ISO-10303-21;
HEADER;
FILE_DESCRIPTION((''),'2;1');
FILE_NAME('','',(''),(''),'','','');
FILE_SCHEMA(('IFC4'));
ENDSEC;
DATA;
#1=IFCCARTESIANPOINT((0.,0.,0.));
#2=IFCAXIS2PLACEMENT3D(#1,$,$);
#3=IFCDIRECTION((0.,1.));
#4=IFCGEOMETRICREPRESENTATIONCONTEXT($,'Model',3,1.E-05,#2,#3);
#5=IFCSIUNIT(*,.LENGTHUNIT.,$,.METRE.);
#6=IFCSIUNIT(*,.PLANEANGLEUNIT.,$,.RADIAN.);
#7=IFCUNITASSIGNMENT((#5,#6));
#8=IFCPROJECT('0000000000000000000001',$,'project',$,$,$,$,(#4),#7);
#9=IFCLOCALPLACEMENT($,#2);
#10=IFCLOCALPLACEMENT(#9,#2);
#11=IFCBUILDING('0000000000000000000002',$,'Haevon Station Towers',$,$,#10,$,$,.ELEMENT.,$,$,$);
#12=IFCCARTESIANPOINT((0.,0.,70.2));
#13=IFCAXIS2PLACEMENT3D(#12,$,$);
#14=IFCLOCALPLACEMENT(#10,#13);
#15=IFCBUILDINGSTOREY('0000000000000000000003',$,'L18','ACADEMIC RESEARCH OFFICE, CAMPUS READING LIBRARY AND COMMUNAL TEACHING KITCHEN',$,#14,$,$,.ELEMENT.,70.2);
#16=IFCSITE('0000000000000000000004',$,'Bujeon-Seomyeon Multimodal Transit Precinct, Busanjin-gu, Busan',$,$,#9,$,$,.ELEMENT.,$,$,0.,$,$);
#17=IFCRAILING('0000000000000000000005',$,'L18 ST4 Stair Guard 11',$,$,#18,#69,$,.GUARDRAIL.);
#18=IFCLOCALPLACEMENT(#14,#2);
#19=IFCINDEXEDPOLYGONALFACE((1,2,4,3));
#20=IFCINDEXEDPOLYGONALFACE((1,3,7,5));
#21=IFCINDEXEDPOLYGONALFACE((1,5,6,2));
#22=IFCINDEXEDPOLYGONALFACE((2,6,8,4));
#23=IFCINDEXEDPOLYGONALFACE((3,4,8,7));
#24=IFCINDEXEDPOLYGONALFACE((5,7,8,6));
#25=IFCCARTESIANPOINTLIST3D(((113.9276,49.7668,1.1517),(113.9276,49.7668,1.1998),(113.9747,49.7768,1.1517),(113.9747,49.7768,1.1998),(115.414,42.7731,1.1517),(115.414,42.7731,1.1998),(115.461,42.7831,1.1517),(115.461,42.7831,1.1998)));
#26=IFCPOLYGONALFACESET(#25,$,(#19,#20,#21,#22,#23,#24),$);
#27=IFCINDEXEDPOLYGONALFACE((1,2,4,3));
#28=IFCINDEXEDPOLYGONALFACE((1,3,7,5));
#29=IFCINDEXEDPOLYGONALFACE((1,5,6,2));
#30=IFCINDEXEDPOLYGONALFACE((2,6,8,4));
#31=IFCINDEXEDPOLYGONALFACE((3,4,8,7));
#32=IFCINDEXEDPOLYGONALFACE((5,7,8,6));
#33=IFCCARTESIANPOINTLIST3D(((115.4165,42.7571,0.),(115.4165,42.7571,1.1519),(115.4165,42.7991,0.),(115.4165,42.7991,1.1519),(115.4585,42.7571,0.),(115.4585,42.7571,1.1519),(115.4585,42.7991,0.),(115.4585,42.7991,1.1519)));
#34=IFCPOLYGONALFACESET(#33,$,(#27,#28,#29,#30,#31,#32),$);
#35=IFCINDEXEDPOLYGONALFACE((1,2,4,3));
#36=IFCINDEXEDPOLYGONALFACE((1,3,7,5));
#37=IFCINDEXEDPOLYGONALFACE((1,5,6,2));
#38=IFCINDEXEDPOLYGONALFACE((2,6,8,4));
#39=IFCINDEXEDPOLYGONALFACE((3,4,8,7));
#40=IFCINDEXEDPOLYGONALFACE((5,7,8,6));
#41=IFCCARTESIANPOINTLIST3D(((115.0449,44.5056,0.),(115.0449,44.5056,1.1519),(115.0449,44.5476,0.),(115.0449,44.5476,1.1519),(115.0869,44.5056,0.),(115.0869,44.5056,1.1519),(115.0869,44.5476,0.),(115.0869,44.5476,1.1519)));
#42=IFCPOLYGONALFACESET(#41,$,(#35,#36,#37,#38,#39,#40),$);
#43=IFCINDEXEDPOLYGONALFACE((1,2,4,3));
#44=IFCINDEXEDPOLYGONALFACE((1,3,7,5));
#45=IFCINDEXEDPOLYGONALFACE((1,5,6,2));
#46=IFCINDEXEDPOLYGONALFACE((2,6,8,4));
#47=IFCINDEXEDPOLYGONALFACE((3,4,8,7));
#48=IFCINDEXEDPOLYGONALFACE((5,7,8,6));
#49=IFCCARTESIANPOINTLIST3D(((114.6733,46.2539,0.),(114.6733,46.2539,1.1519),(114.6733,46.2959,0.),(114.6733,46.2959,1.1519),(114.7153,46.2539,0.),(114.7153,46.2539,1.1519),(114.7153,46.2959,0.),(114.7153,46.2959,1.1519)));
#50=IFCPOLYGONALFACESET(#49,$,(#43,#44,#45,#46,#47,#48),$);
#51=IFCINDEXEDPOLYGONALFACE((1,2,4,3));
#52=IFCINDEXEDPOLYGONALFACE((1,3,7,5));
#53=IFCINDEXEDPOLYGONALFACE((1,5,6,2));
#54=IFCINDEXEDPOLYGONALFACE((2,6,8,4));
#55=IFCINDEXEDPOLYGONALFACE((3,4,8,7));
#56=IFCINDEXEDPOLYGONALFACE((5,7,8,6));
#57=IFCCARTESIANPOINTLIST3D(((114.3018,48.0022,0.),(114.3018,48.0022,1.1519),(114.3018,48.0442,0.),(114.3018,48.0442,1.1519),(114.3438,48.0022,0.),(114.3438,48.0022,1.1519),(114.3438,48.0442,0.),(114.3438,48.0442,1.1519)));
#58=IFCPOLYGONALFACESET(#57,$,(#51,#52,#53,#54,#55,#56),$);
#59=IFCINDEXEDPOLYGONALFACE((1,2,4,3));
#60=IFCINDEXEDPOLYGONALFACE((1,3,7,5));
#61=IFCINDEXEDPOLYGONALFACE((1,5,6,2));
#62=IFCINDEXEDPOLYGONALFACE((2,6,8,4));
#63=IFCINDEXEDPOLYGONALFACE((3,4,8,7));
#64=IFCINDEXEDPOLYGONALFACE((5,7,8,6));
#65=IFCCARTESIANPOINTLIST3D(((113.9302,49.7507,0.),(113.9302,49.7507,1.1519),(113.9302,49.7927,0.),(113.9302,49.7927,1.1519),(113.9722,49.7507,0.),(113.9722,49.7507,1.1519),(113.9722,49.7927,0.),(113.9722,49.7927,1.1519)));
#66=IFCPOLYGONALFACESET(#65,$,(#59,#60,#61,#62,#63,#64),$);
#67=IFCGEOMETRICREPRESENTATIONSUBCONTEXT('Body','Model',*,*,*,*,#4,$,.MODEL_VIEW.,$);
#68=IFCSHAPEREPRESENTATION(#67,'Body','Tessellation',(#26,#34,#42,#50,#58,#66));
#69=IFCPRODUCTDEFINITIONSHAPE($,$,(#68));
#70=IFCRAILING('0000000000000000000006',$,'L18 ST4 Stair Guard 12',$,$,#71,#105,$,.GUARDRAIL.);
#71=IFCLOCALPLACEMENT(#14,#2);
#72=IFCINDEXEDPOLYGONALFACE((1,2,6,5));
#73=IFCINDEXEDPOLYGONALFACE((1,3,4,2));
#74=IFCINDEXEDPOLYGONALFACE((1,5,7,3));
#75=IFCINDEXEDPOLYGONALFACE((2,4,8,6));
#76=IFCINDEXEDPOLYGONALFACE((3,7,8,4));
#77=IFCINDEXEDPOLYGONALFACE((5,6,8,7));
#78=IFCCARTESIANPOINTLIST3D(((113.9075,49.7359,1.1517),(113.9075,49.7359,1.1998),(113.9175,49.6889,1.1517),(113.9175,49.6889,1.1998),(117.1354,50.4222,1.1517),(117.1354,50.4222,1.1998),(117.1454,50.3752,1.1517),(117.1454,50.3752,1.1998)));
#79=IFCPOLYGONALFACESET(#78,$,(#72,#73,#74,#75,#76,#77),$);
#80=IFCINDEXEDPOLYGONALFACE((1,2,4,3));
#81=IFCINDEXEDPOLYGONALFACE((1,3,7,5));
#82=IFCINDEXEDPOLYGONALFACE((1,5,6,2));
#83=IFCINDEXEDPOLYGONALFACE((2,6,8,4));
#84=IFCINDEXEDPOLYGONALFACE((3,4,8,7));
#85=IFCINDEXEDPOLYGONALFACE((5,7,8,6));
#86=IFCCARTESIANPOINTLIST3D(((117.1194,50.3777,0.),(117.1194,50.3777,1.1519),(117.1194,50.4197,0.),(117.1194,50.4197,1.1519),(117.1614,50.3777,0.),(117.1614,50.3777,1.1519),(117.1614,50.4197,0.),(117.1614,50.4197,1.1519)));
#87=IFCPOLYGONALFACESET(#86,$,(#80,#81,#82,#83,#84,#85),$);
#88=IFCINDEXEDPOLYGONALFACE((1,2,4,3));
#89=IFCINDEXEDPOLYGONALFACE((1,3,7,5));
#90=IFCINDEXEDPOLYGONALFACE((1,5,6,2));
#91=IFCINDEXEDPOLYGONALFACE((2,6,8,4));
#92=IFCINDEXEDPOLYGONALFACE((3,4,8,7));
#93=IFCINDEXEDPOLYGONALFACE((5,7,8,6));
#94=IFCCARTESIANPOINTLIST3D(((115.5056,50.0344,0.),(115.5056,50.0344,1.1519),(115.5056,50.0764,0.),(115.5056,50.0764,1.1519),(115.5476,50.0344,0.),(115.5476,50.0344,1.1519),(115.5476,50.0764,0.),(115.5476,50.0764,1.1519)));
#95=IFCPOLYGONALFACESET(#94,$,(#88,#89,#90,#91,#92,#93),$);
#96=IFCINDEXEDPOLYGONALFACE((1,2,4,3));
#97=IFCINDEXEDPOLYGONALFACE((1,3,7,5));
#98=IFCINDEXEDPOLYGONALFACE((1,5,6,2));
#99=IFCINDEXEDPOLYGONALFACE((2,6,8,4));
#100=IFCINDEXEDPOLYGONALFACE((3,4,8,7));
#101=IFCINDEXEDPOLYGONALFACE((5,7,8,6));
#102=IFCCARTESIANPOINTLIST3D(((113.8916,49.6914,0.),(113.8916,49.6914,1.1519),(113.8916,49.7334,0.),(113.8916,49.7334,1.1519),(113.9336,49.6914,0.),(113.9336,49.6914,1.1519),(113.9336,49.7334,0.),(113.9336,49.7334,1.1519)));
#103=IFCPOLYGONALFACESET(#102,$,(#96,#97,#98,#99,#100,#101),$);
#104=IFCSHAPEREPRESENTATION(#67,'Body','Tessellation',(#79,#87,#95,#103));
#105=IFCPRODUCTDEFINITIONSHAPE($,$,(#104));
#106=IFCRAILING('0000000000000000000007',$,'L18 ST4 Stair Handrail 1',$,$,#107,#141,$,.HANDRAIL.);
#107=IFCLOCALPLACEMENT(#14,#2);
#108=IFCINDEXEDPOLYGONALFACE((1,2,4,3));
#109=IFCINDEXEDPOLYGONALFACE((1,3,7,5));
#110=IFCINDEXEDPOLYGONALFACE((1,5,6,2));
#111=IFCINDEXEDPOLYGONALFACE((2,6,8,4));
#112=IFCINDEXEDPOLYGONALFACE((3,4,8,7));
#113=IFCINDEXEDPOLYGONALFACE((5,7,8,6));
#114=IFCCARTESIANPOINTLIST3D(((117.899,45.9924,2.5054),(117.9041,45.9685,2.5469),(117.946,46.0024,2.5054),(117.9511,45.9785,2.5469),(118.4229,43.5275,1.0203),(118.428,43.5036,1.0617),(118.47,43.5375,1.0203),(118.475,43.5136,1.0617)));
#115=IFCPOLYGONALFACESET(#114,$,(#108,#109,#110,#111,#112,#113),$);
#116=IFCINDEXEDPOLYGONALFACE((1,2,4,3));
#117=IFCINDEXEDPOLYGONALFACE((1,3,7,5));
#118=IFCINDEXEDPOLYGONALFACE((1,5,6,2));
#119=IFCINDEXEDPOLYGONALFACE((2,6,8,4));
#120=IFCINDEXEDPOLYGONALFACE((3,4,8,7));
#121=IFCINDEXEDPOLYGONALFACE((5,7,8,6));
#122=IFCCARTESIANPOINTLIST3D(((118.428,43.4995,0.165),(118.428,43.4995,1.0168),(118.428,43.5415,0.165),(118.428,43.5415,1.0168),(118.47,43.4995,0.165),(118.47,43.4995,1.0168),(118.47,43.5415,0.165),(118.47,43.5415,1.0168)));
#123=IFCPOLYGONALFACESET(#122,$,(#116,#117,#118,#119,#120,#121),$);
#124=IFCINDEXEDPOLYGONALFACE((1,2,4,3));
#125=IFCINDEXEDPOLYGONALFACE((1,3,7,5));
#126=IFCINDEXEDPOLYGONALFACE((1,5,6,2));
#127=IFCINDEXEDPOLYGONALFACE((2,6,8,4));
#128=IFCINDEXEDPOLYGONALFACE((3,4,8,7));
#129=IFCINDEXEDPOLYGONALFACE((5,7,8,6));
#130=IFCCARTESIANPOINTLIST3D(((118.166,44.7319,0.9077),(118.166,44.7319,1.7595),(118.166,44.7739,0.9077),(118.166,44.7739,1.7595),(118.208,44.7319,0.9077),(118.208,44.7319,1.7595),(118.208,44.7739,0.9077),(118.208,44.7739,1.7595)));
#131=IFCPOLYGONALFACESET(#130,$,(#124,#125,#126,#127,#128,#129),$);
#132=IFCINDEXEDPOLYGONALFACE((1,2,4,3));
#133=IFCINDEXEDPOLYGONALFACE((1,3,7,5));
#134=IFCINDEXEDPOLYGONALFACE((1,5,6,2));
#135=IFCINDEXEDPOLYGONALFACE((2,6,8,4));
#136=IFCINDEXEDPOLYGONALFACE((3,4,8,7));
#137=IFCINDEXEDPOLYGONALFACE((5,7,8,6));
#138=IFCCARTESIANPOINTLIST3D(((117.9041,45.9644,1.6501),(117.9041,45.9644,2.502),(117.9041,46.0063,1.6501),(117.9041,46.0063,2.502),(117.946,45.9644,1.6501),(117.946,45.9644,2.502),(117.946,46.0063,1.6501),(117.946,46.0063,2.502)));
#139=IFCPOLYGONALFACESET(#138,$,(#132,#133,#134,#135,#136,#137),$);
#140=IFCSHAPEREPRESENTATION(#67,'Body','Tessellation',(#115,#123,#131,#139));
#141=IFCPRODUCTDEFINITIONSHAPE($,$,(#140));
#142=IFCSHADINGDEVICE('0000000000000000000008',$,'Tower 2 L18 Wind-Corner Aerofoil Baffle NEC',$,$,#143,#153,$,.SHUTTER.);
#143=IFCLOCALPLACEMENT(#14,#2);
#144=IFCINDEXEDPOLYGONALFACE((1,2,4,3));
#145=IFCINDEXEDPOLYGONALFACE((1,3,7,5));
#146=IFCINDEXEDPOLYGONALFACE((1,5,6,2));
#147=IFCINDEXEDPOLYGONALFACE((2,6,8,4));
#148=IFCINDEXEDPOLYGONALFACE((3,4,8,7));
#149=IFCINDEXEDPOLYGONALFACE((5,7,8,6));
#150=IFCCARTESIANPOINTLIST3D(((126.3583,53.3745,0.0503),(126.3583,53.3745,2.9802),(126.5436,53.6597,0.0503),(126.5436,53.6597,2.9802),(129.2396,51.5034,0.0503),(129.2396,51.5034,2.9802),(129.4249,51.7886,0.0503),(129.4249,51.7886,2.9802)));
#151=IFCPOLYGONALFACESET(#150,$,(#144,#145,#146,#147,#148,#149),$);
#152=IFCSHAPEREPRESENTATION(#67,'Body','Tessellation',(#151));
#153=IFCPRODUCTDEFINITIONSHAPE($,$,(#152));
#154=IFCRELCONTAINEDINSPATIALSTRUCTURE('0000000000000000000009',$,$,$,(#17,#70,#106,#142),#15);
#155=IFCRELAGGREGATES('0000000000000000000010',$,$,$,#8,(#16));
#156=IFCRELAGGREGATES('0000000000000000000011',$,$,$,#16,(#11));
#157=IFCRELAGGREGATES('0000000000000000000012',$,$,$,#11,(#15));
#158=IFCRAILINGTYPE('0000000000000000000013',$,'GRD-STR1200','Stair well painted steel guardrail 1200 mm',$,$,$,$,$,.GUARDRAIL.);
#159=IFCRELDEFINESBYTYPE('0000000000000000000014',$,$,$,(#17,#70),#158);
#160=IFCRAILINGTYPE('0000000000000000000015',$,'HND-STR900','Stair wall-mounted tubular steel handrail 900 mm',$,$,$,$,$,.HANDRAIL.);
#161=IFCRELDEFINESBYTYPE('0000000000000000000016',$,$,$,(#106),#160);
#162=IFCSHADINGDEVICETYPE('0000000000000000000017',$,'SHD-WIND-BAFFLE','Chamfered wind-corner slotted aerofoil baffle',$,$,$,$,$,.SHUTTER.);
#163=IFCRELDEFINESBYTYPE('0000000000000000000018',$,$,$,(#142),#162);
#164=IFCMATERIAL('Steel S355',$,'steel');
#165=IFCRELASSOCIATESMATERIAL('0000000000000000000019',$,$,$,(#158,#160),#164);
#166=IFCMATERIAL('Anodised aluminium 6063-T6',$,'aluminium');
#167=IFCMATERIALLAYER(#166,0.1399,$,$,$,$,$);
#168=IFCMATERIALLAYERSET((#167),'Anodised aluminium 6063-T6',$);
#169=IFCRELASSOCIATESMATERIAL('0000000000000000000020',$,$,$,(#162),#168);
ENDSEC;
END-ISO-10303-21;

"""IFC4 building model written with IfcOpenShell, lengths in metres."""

from ifc_helpers import new_model, si_unit, direction, frame, origin, origin_2d, place, context, subcontext, project, spatial, rectangle, extrude, material, layer, layer_set, type_object, element, save


model = new_model("IFC4")

# Units and contexts
model_context = context("Model", 3, precision=1e-05, world=origin(), true_north=direction((0.0, 1.0)))
body_context = subcontext(model_context, "Body", "Model", "MODEL_VIEW")
ifc_project = project(units=[si_unit("LENGTHUNIT", "METRE"), si_unit("PLANEANGLEUNIT", "RADIAN")], contexts=[model_context])

# Site, building, storey
site_placement = place(None, origin())
site = spatial("IfcSite", under=ifc_project, at=site_placement, Name="Bujeon-Seomyeon Multimodal Transit Precinct, Busanjin-gu, Busan", CompositionType="ELEMENT", RefElevation=0.0)
building_placement = place(site_placement, origin())
building = spatial("IfcBuilding", under=site, at=building_placement, Name="Haevon Station Towers", CompositionType="ELEMENT")
storey_placement = place(building_placement, frame((0.0, 0.0, 70.2)))
storey = spatial("IfcBuildingStorey", under=building, at=storey_placement, Name="L18", Description="ACADEMIC RESEARCH OFFICE, CAMPUS READING LIBRARY AND COMMUNAL TEACHING KITCHEN", CompositionType="ELEMENT", Elevation=70.2)

# Shared definitions
ifc_material_1 = material(Name="Steel S355", Category="steel")

# Railings
railing_type_1 = type_object("IfcRailingType", Name="GRD-STR1200", Description="Stair well painted steel guardrail 1200 mm", PredefinedType="GUARDRAIL", material=ifc_material_1)
railing_1_placement = place(storey_placement, frame((115.4375, 42.7781, 0.0)))
element("IfcRailing", 1, at=railing_1_placement, inside=storey, type_object=railing_type_1, Name="L18 ST4 Stair Guard 11", PredefinedType="GUARDRAIL", context=body_context, shape_type="SweptSolid", body=[
    extrude(rectangle(XDim=0.0481, YDim=0.0481, at=origin_2d()), frame((0.0, 0.0, 1.1758), z_axis=(-0.207882, 0.978154, 0.0), x_axis=(-0.978154, -0.207882, 0.0)), (0.0, 0.0, 1.0), 7.1499),
    extrude(rectangle(XDim=0.042, YDim=0.042, at=origin_2d()), origin(), (0.0, 0.0, 1.0), 1.1519),
    extrude(rectangle(XDim=0.042, YDim=0.042, at=origin_2d()), frame((-0.3716, 1.7485, 0.0)), (0.0, 0.0, 1.0), 1.1519),
    extrude(rectangle(XDim=0.042, YDim=0.042, at=origin_2d()), frame((-0.7432, 3.4968, 0.0)), (0.0, 0.0, 1.0), 1.1519),
    extrude(rectangle(XDim=0.042, YDim=0.042, at=origin_2d()), frame((-1.1147, 5.2451, 0.0)), (0.0, 0.0, 1.0), 1.1519),
    extrude(rectangle(XDim=0.042, YDim=0.042, at=origin_2d()), frame((-1.4863, 6.9937, 0.0)), (0.0, 0.0, 1.0), 1.1519),
])
railing_2_placement = place(storey_placement, frame((117.1404, 50.3987, 0.0)))
element("IfcRailing", 2, at=railing_2_placement, inside=storey, type_object=railing_type_1, Name="L18 ST4 Stair Guard 12", PredefinedType="GUARDRAIL", context=body_context, shape_type="SweptSolid", body=[
    extrude(rectangle(XDim=0.0481, YDim=0.0481, at=origin_2d()), frame((0.0, 0.0, 1.1758), z_axis=(-0.978136, -0.207968, 0.0), x_axis=(0.207968, -0.978136, 0.0)), (0.0, 0.0, 1.0), 3.3),
    extrude(rectangle(XDim=0.042, YDim=0.042, at=origin_2d()), origin(), (0.0, 0.0, 1.0), 1.1519),
    extrude(rectangle(XDim=0.042, YDim=0.042, at=origin_2d()), frame((-1.6138, -0.3433, 0.0)), (0.0, 0.0, 1.0), 1.1519),
    extrude(rectangle(XDim=0.042, YDim=0.042, at=origin_2d()), frame((-3.2278, -0.6863, 0.0)), (0.0, 0.0, 1.0), 1.1519),
])
railing_type_2 = type_object("IfcRailingType", Name="HND-STR900", Description="Stair wall-mounted tubular steel handrail 900 mm", PredefinedType="HANDRAIL", material=ifc_material_1)
railing_3_placement = place(storey_placement, frame((118.449, 43.5205, 0.165)))
element("IfcRailing", 3, at=railing_3_placement, inside=storey, type_object=railing_type_2, Name="L18 ST4 Stair Handrail 1", PredefinedType="HANDRAIL", context=body_context, shape_type="SweptSolid", body=[
    extrude(rectangle(XDim=0.0481, YDim=0.0481, at=origin_2d()), frame((0.0, 0.0, 0.876), z_axis=(-0.179121, 0.842688, 0.507733), x_axis=(-0.978147, -0.207914, 0.0)), (0.0, 0.0, 1.0), 2.925),
    extrude(rectangle(XDim=0.042, YDim=0.042, at=origin_2d()), origin(), (0.0, 0.0, 1.0), 0.8518),
    extrude(rectangle(XDim=0.042, YDim=0.042, at=origin_2d()), frame((-0.262, 1.2324, 0.7427)), (0.0, 0.0, 1.0), 0.8518),
    extrude(rectangle(XDim=0.042, YDim=0.042, at=origin_2d()), frame((-0.5239, 2.4648, 1.4851)), (0.0, 0.0, 1.0), 0.8518),
])

# Shading device
ifc_material_2 = material(Name="Anodised aluminium 6063-T6", Category="aluminium")
ifc_layer_1 = layer(ifc_material_2, 0.1399)
ifc_layer_set_1 = layer_set([ifc_layer_1], Name="Anodised aluminium 6063-T6")
shading_device_type = type_object("IfcShadingDeviceType", Name="SHD-WIND-BAFFLE", Description="Chamfered wind-corner slotted aerofoil baffle", PredefinedType="SHUTTER", material=ifc_layer_set_1)
shading_device_placement = place(storey_placement, frame((127.8916, 52.5815, 0.0503), z_axis=(0.0, 0.0, 1.0), x_axis=(0.838671, -0.544639, 0.0)))
element("IfcShadingDevice", 4, at=shading_device_placement, inside=storey, type_object=shading_device_type, Name="Tower 2 L18 Wind-Corner Aerofoil Baffle NEC", PredefinedType="SHUTTER", context=body_context, shape_type="SweptSolid", body=[
    extrude(rectangle(XDim=3.4355, YDim=0.3401, at=origin_2d()), origin(), (0.0, 0.0, 1.0), 2.9299),
])

save(model, "model.ifc")
